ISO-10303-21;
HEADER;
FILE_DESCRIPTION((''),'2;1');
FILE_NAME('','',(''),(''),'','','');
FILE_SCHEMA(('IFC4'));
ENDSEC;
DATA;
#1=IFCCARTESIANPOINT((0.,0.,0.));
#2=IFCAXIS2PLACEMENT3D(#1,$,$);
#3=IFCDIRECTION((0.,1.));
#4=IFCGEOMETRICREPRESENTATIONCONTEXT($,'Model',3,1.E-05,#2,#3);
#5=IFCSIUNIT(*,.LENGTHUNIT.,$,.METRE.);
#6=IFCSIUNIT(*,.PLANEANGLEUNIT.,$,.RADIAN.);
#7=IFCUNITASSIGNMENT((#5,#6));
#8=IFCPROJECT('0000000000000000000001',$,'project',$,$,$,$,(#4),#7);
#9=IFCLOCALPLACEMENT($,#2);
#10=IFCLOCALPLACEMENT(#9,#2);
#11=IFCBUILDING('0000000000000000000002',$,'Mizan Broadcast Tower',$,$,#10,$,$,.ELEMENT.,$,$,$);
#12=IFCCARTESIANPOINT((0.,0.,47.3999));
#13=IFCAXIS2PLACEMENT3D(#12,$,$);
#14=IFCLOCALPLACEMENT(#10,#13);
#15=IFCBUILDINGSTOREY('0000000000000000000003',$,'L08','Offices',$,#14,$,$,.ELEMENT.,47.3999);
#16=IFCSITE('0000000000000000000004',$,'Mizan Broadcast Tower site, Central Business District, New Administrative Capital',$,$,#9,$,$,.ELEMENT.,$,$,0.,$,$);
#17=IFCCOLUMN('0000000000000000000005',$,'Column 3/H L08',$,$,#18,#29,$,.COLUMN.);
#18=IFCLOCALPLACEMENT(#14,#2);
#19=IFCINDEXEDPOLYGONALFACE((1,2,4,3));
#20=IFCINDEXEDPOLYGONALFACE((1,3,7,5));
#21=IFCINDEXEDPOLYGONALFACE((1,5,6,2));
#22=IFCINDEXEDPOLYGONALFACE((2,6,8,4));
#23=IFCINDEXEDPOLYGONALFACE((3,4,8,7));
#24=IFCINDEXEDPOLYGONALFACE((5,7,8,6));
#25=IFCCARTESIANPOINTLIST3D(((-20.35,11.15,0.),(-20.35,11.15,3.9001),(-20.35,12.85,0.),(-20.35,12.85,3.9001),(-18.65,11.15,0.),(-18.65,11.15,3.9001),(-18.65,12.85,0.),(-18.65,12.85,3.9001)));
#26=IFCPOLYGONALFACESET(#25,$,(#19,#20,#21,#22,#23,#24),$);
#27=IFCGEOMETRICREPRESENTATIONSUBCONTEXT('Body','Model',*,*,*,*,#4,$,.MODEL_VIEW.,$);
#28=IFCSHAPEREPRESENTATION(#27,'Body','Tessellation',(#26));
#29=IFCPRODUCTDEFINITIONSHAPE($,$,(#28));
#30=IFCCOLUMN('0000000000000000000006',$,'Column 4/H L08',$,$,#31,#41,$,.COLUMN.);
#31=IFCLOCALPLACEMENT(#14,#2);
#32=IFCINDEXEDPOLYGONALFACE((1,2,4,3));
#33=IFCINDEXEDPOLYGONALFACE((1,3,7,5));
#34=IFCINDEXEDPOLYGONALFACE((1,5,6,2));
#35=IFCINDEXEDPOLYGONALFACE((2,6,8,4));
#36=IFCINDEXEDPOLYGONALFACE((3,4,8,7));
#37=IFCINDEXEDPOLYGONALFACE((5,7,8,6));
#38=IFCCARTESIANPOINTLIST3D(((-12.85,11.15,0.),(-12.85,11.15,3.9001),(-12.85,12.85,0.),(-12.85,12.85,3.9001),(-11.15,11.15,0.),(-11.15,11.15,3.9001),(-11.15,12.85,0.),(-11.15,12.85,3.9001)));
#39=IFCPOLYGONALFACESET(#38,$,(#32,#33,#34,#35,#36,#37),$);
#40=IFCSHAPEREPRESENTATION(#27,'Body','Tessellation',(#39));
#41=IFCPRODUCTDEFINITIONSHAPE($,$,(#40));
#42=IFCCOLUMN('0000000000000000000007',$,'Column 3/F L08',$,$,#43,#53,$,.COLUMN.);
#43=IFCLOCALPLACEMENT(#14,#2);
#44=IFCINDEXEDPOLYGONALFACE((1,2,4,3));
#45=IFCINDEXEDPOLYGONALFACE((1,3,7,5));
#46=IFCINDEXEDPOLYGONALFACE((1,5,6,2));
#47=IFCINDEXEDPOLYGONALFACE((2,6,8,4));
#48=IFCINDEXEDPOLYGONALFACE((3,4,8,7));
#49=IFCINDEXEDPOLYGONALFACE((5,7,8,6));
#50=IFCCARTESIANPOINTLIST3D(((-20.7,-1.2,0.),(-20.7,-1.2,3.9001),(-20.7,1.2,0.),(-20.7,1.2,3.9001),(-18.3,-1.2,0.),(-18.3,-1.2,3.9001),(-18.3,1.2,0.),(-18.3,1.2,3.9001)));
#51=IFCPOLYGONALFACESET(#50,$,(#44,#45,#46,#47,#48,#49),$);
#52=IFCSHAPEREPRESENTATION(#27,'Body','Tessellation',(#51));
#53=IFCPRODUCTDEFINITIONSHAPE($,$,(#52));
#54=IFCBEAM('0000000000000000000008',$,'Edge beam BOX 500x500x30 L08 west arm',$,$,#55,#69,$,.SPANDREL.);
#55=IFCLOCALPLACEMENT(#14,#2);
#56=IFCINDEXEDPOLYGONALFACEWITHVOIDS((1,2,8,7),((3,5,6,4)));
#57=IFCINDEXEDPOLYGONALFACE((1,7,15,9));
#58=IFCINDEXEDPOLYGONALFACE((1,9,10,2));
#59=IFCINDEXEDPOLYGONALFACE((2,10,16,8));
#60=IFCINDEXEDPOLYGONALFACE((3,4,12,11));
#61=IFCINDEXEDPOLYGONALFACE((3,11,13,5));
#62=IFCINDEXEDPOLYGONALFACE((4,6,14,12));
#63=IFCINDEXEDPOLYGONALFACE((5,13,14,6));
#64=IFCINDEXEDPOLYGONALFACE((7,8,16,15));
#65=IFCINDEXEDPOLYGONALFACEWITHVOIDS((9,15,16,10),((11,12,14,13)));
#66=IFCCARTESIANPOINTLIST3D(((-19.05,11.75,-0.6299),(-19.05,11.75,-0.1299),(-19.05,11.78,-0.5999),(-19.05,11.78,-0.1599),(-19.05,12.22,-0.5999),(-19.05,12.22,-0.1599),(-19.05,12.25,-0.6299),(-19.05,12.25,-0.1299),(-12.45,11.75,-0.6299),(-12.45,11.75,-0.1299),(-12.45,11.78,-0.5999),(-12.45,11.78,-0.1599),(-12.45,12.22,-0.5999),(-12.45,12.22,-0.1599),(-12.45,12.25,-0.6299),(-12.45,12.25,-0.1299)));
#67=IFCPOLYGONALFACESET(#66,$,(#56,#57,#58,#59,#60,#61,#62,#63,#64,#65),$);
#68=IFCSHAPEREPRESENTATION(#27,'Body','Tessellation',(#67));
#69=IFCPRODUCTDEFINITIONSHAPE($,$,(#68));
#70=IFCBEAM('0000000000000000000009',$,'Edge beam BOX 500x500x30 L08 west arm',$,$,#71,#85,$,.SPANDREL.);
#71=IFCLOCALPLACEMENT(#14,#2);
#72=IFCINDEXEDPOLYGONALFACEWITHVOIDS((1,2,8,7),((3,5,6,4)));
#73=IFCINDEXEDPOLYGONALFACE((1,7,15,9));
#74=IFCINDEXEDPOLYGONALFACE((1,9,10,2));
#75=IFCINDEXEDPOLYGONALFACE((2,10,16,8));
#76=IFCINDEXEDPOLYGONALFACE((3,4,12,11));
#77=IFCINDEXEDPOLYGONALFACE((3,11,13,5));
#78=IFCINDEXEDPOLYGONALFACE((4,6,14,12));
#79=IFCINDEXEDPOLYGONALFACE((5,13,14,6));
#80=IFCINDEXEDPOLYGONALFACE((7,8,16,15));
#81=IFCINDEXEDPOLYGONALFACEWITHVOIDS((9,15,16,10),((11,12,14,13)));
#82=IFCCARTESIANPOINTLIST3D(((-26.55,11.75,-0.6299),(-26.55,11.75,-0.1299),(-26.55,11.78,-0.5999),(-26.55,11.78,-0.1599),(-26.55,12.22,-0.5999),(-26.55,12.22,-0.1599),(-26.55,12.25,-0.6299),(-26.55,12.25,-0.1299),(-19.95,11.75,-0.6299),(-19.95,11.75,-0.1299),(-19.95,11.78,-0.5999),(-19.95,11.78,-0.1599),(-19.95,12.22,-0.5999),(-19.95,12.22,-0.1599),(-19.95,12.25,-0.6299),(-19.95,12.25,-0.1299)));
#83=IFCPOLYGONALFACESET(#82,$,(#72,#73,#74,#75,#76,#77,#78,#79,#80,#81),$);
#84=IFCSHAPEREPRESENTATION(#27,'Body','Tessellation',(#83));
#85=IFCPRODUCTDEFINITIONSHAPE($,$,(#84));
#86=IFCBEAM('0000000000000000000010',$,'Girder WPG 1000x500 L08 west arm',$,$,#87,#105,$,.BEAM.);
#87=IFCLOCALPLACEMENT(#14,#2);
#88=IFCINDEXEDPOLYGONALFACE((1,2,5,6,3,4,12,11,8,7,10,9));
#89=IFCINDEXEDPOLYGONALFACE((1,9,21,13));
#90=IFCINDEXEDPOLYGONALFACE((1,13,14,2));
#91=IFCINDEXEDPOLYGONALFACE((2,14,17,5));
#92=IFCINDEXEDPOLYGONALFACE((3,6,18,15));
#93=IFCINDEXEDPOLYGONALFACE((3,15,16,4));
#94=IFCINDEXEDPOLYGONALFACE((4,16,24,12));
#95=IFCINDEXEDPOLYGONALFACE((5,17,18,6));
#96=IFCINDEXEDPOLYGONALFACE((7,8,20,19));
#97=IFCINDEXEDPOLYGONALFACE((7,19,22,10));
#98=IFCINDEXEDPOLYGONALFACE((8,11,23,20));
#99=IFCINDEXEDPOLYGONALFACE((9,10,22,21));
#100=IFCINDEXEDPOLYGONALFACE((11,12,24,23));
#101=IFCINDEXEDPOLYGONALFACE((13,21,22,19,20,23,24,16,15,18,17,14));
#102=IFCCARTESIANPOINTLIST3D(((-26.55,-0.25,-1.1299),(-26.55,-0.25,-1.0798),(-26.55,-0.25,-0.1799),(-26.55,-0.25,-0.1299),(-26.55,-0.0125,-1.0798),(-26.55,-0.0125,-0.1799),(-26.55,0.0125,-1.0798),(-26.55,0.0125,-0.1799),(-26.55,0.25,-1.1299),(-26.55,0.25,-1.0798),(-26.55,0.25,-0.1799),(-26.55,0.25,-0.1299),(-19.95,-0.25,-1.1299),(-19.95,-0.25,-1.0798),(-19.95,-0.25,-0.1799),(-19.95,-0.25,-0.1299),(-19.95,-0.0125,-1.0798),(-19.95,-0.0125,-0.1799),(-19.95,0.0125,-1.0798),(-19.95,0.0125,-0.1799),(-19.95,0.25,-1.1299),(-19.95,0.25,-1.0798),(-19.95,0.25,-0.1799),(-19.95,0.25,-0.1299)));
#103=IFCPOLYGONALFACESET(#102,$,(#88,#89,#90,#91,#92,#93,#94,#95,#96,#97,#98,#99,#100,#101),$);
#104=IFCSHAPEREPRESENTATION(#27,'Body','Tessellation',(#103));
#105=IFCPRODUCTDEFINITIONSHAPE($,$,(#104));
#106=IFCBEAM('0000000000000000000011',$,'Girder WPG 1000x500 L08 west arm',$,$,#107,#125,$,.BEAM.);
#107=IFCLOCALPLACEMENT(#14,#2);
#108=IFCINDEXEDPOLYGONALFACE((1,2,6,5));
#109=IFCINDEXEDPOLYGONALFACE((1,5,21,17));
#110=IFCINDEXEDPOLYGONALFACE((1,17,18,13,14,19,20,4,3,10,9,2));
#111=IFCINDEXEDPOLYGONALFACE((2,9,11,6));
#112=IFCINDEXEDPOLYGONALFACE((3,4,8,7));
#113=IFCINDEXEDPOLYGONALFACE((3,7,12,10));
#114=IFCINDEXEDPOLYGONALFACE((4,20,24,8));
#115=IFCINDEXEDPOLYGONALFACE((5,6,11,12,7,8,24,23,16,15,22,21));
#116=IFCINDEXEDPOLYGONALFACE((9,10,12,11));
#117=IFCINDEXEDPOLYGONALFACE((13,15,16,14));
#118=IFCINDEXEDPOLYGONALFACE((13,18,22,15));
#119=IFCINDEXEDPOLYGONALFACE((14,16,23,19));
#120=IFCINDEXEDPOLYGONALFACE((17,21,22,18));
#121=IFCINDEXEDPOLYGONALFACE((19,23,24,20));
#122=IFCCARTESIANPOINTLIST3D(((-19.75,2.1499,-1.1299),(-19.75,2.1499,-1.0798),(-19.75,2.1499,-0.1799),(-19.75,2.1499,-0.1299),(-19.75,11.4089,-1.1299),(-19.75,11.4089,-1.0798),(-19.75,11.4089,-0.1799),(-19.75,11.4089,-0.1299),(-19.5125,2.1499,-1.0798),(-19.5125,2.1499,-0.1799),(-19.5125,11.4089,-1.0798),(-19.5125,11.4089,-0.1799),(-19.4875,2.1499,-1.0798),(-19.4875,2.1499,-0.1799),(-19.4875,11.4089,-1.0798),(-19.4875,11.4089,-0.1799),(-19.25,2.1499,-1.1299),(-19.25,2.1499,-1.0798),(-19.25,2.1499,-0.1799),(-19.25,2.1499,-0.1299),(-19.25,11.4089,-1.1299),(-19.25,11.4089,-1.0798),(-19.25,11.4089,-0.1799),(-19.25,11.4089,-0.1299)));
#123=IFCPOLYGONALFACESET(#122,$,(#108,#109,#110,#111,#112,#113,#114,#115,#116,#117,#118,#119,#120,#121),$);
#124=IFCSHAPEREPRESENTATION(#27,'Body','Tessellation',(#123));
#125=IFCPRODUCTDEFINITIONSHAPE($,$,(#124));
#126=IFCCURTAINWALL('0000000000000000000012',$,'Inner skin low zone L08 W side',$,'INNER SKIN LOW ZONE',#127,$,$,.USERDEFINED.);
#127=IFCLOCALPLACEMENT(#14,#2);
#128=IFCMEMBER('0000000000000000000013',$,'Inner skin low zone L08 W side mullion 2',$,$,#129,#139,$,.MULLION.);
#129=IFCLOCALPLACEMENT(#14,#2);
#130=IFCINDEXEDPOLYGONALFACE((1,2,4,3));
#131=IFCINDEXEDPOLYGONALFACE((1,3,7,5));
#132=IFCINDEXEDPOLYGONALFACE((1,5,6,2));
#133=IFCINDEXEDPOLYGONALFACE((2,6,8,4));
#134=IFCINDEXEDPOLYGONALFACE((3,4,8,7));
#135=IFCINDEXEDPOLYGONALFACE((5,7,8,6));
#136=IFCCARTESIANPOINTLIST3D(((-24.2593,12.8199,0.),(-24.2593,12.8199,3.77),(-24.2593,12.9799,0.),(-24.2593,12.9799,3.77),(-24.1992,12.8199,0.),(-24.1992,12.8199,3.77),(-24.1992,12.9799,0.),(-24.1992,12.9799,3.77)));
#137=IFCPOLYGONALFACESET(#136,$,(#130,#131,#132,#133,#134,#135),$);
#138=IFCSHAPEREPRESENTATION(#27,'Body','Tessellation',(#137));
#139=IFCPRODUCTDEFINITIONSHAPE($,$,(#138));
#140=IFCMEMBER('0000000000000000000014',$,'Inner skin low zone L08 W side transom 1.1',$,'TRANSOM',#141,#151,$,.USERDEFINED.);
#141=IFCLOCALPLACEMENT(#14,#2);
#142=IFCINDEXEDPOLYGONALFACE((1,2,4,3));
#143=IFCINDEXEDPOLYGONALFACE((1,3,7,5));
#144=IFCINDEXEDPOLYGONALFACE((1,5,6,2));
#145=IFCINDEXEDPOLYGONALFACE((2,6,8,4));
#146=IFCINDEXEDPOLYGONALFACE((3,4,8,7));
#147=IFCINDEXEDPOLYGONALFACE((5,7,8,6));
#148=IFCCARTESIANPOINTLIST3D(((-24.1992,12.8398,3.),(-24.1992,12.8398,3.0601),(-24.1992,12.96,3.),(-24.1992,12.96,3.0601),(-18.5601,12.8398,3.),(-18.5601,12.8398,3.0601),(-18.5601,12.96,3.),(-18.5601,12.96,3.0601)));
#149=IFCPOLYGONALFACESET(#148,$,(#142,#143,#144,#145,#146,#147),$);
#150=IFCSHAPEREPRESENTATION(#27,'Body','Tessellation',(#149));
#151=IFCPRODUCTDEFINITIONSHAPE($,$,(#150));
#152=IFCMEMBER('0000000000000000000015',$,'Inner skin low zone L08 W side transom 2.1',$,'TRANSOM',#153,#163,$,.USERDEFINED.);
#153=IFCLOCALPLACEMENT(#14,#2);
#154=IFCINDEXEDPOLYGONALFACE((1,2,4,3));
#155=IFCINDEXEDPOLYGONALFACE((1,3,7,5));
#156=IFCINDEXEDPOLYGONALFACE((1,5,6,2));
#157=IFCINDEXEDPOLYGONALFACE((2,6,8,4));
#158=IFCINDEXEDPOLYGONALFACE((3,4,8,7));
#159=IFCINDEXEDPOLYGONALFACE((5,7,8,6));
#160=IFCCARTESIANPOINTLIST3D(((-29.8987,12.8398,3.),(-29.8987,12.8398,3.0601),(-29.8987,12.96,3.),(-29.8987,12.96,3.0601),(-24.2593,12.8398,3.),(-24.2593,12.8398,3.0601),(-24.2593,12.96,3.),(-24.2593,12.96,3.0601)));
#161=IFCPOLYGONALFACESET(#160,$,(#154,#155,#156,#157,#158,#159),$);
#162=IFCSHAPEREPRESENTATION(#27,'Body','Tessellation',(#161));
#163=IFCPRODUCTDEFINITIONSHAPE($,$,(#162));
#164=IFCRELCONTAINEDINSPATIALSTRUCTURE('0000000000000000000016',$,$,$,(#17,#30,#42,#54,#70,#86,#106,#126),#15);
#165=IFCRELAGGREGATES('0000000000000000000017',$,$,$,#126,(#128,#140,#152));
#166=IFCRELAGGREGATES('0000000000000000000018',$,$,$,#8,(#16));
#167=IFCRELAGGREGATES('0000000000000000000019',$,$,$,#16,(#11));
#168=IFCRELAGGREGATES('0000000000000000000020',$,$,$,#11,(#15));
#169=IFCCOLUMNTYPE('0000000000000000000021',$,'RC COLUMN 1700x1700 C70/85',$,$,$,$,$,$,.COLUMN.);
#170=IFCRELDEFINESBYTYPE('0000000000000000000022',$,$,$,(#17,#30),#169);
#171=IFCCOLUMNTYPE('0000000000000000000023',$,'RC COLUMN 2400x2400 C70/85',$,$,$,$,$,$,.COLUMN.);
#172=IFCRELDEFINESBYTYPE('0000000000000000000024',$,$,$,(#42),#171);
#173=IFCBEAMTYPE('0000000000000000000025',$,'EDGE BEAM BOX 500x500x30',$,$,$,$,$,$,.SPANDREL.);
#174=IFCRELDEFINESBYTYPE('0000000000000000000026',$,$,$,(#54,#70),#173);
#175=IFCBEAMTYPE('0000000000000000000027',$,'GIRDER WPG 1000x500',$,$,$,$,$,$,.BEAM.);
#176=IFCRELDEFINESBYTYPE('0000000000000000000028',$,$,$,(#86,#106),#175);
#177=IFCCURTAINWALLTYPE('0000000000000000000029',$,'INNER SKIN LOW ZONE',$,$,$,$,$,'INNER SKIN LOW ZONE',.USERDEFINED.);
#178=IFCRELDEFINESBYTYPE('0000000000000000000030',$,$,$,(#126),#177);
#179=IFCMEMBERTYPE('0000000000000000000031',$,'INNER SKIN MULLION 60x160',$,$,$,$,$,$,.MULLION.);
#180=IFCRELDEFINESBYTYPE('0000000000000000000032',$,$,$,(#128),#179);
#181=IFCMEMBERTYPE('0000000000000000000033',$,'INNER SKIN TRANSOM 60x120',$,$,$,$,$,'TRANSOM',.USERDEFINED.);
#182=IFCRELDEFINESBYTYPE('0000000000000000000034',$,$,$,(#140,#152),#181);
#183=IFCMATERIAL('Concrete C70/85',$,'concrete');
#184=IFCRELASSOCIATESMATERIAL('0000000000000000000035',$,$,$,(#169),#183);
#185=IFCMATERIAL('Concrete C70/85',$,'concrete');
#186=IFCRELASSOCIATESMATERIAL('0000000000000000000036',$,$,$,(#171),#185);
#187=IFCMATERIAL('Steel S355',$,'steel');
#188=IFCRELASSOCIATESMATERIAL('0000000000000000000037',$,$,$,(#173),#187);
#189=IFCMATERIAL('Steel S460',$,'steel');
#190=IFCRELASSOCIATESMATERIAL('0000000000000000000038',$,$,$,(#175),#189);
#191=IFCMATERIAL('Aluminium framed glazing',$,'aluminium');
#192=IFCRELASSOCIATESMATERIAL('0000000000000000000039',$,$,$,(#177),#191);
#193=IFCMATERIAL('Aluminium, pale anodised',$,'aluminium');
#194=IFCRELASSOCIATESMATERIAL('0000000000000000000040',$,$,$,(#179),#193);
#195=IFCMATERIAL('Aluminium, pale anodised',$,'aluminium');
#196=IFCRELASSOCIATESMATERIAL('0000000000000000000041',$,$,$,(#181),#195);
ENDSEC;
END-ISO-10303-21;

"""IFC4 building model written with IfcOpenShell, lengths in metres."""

from ifc_helpers import new_model, si_unit, direction, frame, origin, origin_2d, place, context, subcontext, project, spatial, rectangle, hollow_rectangle, i_section, extrude, material, material_profile, profile_set, type_object, element, aggregate, save


model = new_model("IFC4")

# Units and contexts
model_context = context("Model", 3, precision=1e-05, world=origin(), true_north=direction((0.0, 1.0)))
body_context = subcontext(model_context, "Body", "Model", "MODEL_VIEW")
ifc_project = project(units=[si_unit("LENGTHUNIT", "METRE"), si_unit("PLANEANGLEUNIT", "RADIAN")], contexts=[model_context])

# Site, building, storey
site_placement = place(None, origin())
site = spatial("IfcSite", under=ifc_project, at=site_placement, Name="Mizan Broadcast Tower site, Central Business District, New Administrative Capital", CompositionType="ELEMENT", RefElevation=0.0)
building_placement = place(site_placement, origin())
building = spatial("IfcBuilding", under=site, at=building_placement, Name="Mizan Broadcast Tower", CompositionType="ELEMENT")
storey_placement = place(building_placement, frame((0.0, 0.0, 47.3999)))
storey = spatial("IfcBuildingStorey", under=building, at=storey_placement, Name="L08", Description="Offices", CompositionType="ELEMENT", Elevation=47.3999)

# Columns
ifc_material_1 = material(Name="Concrete C70/85", Category="concrete")
ifc_material_profile_1 = material_profile(ifc_material_1, rectangle(XDim=1.7, YDim=1.7, at=origin_2d()), Name="RC 1700x1700")
ifc_profile_set_1 = profile_set([ifc_material_profile_1], Name="Concrete C70/85")
column_type_1 = type_object("IfcColumnType", Name="RC COLUMN 1700x1700 C70/85", PredefinedType="COLUMN", material=ifc_profile_set_1)
for number, where, z_axis, x_axis, name in (
    (1, (-19.5, 12.0, 0.0), (0.0, 0.0, 1.0), (1.0, 0.0, 0.0), "Column 3/H L08"),
    (2, (-12.0, 12.0, 0.0), (0.0, 0.0, 1.0), (1.0, 0.0, 0.0), "Column 4/H L08"),
):
    element("IfcColumn", number, at=place(storey_placement, frame(where, z_axis=z_axis, x_axis=x_axis)), inside=storey, type_object=column_type_1, Name=name, PredefinedType="COLUMN", context=body_context, shape_type="SweptSolid", body=[
        extrude(rectangle(XDim=1.7, YDim=1.7, at=origin_2d()), origin(), (0.0, 0.0, 1.0), 3.9001),
    ])
ifc_material_2 = material(Name="Concrete C70/85", Category="concrete")
ifc_material_profile_2 = material_profile(ifc_material_2, rectangle(XDim=2.3999, YDim=2.3999, at=origin_2d()), Name="RC 2400x2400")
ifc_profile_set_2 = profile_set([ifc_material_profile_2], Name="Concrete C70/85")
column_type_2 = type_object("IfcColumnType", Name="RC COLUMN 2400x2400 C70/85", PredefinedType="COLUMN", material=ifc_profile_set_2)
column_placement = place(storey_placement, frame((-19.5, 0.0, 0.0), z_axis=(0.0, 0.0, 1.0), x_axis=(1.0, 0.0, 0.0)))
element("IfcColumn", 3, at=column_placement, inside=storey, type_object=column_type_2, Name="Column 3/F L08", PredefinedType="COLUMN", context=body_context, shape_type="SweptSolid", body=[
    extrude(rectangle(XDim=2.3999, YDim=2.3999, at=origin_2d()), origin(), (0.0, 0.0, 1.0), 3.9001),
])

# Beams
ifc_material_3 = material(Name="Steel S355", Category="steel")
ifc_material_profile_3 = material_profile(ifc_material_3, hollow_rectangle(XDim=0.5, YDim=0.5, WallThickness=0.03, at=origin_2d()), Name="BOX 500x500x30")
ifc_profile_set_3 = profile_set([ifc_material_profile_3], Name="Steel S355")
beam_type_1 = type_object("IfcBeamType", Name="EDGE BEAM BOX 500x500x30", PredefinedType="SPANDREL", material=ifc_profile_set_3)
for number, where, z_axis, x_axis, name in (
    (4, (-12.45, 12.0, -0.3799), (-1.0, 0.0, 0.0), (0.0, -1.0, 0.0), "Edge beam BOX 500x500x30 L08 west arm"),
    (5, (-19.95, 12.0, -0.3799), (-1.0, 0.0, 0.0), (0.0, -1.0, 0.0), "Edge beam BOX 500x500x30 L08 west arm"),
):
    element("IfcBeam", number, at=place(storey_placement, frame(where, z_axis=z_axis, x_axis=x_axis)), inside=storey, type_object=beam_type_1, Name=name, PredefinedType="SPANDREL", context=body_context, shape_type="SweptSolid", body=[
        extrude(hollow_rectangle(XDim=0.5, YDim=0.5, WallThickness=0.03, at=origin_2d()), origin(), (0.0, 0.0, 1.0), 6.6001),
    ])
ifc_material_4 = material(Name="Steel S460", Category="steel")
ifc_material_profile_4 = material_profile(ifc_material_4, i_section(OverallWidth=0.5, OverallDepth=1.0, WebThickness=0.0249, FlangeThickness=0.05, at=origin_2d()), Name="WPG 1000x500")
ifc_profile_set_4 = profile_set([ifc_material_profile_4], Name="Steel S460")
beam_type_2 = type_object("IfcBeamType", Name="GIRDER WPG 1000x500", PredefinedType="BEAM", material=ifc_profile_set_4)
beam_1_placement = place(storey_placement, frame((-19.95, 0.0, -0.6299), z_axis=(-1.0, 0.0, 0.0), x_axis=(0.0, -1.0, 0.0)))
element("IfcBeam", 6, at=beam_1_placement, inside=storey, type_object=beam_type_2, Name="Girder WPG 1000x500 L08 west arm", PredefinedType="BEAM", context=body_context, shape_type="SweptSolid", body=[
    extrude(i_section(OverallWidth=0.5, OverallDepth=1.0, WebThickness=0.0249, FlangeThickness=0.05, at=origin_2d()), origin(), (0.0, 0.0, 1.0), 6.6001),
])
beam_2_placement = place(storey_placement, frame((-19.5, 11.4089, -0.6299), z_axis=(0.0, -1.0, 0.0), x_axis=(1.0, 0.0, 0.0)))
element("IfcBeam", 7, at=beam_2_placement, inside=storey, type_object=beam_type_2, Name="Girder WPG 1000x500 L08 west arm", PredefinedType="BEAM", context=body_context, shape_type="SweptSolid", body=[
    extrude(i_section(OverallWidth=0.5, OverallDepth=1.0, WebThickness=0.0249, FlangeThickness=0.05, at=origin_2d()), origin(), (0.0, 0.0, 1.0), 9.259),
])

# Curtain wall, members
ifc_material_5 = material(Name="Aluminium framed glazing", Category="aluminium")
curtain_wall_type = type_object("IfcCurtainWallType", Name="INNER SKIN LOW ZONE", ElementType="INNER SKIN LOW ZONE", PredefinedType="USERDEFINED", material=ifc_material_5)
curtain_wall_placement = place(storey_placement, origin())
curtain_wall = element("IfcCurtainWall", 8, at=curtain_wall_placement, inside=storey, type_object=curtain_wall_type, Name="Inner skin low zone L08 W side", ObjectType="INNER SKIN LOW ZONE", PredefinedType="USERDEFINED")
ifc_material_6 = material(Name="Aluminium, pale anodised", Category="aluminium")
ifc_material_profile_5 = material_profile(ifc_material_6, rectangle(XDim=0.1599, YDim=0.0601, at=origin_2d()), Name="MULLION 160x60")
ifc_profile_set_5 = profile_set([ifc_material_profile_5], Name="Aluminium, pale anodised")
member_type_1 = type_object("IfcMemberType", Name="INNER SKIN MULLION 60x160", PredefinedType="MULLION", material=ifc_profile_set_5)
member_1_placement = place(storey_placement, frame((-24.2292, 12.8999, 0.0), z_axis=(0.0, 0.0, 1.0), x_axis=(0.0, -1.0, 0.0)))
member_1 = element("IfcMember", 9, at=member_1_placement, type_object=member_type_1, Name="Inner skin low zone L08 W side mullion 2", PredefinedType="MULLION", context=body_context, shape_type="SweptSolid", body=[
    extrude(rectangle(XDim=0.1599, YDim=0.0601, at=origin_2d()), origin(), (0.0, 0.0, 1.0), 3.77),
])
ifc_material_7 = material(Name="Aluminium, pale anodised", Category="aluminium")
ifc_material_profile_6 = material_profile(ifc_material_7, rectangle(XDim=0.1201, YDim=0.0601, at=origin_2d()), Name="TRANSOM 120x60")
ifc_profile_set_6 = profile_set([ifc_material_profile_6], Name="Aluminium, pale anodised")
member_type_2 = type_object("IfcMemberType", Name="INNER SKIN TRANSOM 60x120", ElementType="TRANSOM", PredefinedType="USERDEFINED", material=ifc_profile_set_6)
member_2_placement = place(storey_placement, frame((-18.5601, 12.8999, 3.03), z_axis=(-1.0, 0.0, 0.0), x_axis=(0.0, -1.0, 0.0)))
member_2 = element("IfcMember", 10, at=member_2_placement, type_object=member_type_2, Name="Inner skin low zone L08 W side transom 1.1", ObjectType="TRANSOM", PredefinedType="USERDEFINED", context=body_context, shape_type="SweptSolid", body=[
    extrude(rectangle(XDim=0.1201, YDim=0.0601, at=origin_2d()), origin(), (0.0, 0.0, 1.0), 5.6392),
])
member_3_placement = place(storey_placement, frame((-24.2593, 12.8999, 3.03), z_axis=(-1.0, 0.0, 0.0), x_axis=(0.0, -1.0, 0.0)))
member_3 = element("IfcMember", 11, at=member_3_placement, type_object=member_type_2, Name="Inner skin low zone L08 W side transom 2.1", ObjectType="TRANSOM", PredefinedType="USERDEFINED", context=body_context, shape_type="SweptSolid", body=[
    extrude(rectangle(XDim=0.1201, YDim=0.0601, at=origin_2d()), origin(), (0.0, 0.0, 1.0), 5.6394),
])

aggregate(curtain_wall, [member_1, member_2, member_3])

save(model, "model.ifc")
